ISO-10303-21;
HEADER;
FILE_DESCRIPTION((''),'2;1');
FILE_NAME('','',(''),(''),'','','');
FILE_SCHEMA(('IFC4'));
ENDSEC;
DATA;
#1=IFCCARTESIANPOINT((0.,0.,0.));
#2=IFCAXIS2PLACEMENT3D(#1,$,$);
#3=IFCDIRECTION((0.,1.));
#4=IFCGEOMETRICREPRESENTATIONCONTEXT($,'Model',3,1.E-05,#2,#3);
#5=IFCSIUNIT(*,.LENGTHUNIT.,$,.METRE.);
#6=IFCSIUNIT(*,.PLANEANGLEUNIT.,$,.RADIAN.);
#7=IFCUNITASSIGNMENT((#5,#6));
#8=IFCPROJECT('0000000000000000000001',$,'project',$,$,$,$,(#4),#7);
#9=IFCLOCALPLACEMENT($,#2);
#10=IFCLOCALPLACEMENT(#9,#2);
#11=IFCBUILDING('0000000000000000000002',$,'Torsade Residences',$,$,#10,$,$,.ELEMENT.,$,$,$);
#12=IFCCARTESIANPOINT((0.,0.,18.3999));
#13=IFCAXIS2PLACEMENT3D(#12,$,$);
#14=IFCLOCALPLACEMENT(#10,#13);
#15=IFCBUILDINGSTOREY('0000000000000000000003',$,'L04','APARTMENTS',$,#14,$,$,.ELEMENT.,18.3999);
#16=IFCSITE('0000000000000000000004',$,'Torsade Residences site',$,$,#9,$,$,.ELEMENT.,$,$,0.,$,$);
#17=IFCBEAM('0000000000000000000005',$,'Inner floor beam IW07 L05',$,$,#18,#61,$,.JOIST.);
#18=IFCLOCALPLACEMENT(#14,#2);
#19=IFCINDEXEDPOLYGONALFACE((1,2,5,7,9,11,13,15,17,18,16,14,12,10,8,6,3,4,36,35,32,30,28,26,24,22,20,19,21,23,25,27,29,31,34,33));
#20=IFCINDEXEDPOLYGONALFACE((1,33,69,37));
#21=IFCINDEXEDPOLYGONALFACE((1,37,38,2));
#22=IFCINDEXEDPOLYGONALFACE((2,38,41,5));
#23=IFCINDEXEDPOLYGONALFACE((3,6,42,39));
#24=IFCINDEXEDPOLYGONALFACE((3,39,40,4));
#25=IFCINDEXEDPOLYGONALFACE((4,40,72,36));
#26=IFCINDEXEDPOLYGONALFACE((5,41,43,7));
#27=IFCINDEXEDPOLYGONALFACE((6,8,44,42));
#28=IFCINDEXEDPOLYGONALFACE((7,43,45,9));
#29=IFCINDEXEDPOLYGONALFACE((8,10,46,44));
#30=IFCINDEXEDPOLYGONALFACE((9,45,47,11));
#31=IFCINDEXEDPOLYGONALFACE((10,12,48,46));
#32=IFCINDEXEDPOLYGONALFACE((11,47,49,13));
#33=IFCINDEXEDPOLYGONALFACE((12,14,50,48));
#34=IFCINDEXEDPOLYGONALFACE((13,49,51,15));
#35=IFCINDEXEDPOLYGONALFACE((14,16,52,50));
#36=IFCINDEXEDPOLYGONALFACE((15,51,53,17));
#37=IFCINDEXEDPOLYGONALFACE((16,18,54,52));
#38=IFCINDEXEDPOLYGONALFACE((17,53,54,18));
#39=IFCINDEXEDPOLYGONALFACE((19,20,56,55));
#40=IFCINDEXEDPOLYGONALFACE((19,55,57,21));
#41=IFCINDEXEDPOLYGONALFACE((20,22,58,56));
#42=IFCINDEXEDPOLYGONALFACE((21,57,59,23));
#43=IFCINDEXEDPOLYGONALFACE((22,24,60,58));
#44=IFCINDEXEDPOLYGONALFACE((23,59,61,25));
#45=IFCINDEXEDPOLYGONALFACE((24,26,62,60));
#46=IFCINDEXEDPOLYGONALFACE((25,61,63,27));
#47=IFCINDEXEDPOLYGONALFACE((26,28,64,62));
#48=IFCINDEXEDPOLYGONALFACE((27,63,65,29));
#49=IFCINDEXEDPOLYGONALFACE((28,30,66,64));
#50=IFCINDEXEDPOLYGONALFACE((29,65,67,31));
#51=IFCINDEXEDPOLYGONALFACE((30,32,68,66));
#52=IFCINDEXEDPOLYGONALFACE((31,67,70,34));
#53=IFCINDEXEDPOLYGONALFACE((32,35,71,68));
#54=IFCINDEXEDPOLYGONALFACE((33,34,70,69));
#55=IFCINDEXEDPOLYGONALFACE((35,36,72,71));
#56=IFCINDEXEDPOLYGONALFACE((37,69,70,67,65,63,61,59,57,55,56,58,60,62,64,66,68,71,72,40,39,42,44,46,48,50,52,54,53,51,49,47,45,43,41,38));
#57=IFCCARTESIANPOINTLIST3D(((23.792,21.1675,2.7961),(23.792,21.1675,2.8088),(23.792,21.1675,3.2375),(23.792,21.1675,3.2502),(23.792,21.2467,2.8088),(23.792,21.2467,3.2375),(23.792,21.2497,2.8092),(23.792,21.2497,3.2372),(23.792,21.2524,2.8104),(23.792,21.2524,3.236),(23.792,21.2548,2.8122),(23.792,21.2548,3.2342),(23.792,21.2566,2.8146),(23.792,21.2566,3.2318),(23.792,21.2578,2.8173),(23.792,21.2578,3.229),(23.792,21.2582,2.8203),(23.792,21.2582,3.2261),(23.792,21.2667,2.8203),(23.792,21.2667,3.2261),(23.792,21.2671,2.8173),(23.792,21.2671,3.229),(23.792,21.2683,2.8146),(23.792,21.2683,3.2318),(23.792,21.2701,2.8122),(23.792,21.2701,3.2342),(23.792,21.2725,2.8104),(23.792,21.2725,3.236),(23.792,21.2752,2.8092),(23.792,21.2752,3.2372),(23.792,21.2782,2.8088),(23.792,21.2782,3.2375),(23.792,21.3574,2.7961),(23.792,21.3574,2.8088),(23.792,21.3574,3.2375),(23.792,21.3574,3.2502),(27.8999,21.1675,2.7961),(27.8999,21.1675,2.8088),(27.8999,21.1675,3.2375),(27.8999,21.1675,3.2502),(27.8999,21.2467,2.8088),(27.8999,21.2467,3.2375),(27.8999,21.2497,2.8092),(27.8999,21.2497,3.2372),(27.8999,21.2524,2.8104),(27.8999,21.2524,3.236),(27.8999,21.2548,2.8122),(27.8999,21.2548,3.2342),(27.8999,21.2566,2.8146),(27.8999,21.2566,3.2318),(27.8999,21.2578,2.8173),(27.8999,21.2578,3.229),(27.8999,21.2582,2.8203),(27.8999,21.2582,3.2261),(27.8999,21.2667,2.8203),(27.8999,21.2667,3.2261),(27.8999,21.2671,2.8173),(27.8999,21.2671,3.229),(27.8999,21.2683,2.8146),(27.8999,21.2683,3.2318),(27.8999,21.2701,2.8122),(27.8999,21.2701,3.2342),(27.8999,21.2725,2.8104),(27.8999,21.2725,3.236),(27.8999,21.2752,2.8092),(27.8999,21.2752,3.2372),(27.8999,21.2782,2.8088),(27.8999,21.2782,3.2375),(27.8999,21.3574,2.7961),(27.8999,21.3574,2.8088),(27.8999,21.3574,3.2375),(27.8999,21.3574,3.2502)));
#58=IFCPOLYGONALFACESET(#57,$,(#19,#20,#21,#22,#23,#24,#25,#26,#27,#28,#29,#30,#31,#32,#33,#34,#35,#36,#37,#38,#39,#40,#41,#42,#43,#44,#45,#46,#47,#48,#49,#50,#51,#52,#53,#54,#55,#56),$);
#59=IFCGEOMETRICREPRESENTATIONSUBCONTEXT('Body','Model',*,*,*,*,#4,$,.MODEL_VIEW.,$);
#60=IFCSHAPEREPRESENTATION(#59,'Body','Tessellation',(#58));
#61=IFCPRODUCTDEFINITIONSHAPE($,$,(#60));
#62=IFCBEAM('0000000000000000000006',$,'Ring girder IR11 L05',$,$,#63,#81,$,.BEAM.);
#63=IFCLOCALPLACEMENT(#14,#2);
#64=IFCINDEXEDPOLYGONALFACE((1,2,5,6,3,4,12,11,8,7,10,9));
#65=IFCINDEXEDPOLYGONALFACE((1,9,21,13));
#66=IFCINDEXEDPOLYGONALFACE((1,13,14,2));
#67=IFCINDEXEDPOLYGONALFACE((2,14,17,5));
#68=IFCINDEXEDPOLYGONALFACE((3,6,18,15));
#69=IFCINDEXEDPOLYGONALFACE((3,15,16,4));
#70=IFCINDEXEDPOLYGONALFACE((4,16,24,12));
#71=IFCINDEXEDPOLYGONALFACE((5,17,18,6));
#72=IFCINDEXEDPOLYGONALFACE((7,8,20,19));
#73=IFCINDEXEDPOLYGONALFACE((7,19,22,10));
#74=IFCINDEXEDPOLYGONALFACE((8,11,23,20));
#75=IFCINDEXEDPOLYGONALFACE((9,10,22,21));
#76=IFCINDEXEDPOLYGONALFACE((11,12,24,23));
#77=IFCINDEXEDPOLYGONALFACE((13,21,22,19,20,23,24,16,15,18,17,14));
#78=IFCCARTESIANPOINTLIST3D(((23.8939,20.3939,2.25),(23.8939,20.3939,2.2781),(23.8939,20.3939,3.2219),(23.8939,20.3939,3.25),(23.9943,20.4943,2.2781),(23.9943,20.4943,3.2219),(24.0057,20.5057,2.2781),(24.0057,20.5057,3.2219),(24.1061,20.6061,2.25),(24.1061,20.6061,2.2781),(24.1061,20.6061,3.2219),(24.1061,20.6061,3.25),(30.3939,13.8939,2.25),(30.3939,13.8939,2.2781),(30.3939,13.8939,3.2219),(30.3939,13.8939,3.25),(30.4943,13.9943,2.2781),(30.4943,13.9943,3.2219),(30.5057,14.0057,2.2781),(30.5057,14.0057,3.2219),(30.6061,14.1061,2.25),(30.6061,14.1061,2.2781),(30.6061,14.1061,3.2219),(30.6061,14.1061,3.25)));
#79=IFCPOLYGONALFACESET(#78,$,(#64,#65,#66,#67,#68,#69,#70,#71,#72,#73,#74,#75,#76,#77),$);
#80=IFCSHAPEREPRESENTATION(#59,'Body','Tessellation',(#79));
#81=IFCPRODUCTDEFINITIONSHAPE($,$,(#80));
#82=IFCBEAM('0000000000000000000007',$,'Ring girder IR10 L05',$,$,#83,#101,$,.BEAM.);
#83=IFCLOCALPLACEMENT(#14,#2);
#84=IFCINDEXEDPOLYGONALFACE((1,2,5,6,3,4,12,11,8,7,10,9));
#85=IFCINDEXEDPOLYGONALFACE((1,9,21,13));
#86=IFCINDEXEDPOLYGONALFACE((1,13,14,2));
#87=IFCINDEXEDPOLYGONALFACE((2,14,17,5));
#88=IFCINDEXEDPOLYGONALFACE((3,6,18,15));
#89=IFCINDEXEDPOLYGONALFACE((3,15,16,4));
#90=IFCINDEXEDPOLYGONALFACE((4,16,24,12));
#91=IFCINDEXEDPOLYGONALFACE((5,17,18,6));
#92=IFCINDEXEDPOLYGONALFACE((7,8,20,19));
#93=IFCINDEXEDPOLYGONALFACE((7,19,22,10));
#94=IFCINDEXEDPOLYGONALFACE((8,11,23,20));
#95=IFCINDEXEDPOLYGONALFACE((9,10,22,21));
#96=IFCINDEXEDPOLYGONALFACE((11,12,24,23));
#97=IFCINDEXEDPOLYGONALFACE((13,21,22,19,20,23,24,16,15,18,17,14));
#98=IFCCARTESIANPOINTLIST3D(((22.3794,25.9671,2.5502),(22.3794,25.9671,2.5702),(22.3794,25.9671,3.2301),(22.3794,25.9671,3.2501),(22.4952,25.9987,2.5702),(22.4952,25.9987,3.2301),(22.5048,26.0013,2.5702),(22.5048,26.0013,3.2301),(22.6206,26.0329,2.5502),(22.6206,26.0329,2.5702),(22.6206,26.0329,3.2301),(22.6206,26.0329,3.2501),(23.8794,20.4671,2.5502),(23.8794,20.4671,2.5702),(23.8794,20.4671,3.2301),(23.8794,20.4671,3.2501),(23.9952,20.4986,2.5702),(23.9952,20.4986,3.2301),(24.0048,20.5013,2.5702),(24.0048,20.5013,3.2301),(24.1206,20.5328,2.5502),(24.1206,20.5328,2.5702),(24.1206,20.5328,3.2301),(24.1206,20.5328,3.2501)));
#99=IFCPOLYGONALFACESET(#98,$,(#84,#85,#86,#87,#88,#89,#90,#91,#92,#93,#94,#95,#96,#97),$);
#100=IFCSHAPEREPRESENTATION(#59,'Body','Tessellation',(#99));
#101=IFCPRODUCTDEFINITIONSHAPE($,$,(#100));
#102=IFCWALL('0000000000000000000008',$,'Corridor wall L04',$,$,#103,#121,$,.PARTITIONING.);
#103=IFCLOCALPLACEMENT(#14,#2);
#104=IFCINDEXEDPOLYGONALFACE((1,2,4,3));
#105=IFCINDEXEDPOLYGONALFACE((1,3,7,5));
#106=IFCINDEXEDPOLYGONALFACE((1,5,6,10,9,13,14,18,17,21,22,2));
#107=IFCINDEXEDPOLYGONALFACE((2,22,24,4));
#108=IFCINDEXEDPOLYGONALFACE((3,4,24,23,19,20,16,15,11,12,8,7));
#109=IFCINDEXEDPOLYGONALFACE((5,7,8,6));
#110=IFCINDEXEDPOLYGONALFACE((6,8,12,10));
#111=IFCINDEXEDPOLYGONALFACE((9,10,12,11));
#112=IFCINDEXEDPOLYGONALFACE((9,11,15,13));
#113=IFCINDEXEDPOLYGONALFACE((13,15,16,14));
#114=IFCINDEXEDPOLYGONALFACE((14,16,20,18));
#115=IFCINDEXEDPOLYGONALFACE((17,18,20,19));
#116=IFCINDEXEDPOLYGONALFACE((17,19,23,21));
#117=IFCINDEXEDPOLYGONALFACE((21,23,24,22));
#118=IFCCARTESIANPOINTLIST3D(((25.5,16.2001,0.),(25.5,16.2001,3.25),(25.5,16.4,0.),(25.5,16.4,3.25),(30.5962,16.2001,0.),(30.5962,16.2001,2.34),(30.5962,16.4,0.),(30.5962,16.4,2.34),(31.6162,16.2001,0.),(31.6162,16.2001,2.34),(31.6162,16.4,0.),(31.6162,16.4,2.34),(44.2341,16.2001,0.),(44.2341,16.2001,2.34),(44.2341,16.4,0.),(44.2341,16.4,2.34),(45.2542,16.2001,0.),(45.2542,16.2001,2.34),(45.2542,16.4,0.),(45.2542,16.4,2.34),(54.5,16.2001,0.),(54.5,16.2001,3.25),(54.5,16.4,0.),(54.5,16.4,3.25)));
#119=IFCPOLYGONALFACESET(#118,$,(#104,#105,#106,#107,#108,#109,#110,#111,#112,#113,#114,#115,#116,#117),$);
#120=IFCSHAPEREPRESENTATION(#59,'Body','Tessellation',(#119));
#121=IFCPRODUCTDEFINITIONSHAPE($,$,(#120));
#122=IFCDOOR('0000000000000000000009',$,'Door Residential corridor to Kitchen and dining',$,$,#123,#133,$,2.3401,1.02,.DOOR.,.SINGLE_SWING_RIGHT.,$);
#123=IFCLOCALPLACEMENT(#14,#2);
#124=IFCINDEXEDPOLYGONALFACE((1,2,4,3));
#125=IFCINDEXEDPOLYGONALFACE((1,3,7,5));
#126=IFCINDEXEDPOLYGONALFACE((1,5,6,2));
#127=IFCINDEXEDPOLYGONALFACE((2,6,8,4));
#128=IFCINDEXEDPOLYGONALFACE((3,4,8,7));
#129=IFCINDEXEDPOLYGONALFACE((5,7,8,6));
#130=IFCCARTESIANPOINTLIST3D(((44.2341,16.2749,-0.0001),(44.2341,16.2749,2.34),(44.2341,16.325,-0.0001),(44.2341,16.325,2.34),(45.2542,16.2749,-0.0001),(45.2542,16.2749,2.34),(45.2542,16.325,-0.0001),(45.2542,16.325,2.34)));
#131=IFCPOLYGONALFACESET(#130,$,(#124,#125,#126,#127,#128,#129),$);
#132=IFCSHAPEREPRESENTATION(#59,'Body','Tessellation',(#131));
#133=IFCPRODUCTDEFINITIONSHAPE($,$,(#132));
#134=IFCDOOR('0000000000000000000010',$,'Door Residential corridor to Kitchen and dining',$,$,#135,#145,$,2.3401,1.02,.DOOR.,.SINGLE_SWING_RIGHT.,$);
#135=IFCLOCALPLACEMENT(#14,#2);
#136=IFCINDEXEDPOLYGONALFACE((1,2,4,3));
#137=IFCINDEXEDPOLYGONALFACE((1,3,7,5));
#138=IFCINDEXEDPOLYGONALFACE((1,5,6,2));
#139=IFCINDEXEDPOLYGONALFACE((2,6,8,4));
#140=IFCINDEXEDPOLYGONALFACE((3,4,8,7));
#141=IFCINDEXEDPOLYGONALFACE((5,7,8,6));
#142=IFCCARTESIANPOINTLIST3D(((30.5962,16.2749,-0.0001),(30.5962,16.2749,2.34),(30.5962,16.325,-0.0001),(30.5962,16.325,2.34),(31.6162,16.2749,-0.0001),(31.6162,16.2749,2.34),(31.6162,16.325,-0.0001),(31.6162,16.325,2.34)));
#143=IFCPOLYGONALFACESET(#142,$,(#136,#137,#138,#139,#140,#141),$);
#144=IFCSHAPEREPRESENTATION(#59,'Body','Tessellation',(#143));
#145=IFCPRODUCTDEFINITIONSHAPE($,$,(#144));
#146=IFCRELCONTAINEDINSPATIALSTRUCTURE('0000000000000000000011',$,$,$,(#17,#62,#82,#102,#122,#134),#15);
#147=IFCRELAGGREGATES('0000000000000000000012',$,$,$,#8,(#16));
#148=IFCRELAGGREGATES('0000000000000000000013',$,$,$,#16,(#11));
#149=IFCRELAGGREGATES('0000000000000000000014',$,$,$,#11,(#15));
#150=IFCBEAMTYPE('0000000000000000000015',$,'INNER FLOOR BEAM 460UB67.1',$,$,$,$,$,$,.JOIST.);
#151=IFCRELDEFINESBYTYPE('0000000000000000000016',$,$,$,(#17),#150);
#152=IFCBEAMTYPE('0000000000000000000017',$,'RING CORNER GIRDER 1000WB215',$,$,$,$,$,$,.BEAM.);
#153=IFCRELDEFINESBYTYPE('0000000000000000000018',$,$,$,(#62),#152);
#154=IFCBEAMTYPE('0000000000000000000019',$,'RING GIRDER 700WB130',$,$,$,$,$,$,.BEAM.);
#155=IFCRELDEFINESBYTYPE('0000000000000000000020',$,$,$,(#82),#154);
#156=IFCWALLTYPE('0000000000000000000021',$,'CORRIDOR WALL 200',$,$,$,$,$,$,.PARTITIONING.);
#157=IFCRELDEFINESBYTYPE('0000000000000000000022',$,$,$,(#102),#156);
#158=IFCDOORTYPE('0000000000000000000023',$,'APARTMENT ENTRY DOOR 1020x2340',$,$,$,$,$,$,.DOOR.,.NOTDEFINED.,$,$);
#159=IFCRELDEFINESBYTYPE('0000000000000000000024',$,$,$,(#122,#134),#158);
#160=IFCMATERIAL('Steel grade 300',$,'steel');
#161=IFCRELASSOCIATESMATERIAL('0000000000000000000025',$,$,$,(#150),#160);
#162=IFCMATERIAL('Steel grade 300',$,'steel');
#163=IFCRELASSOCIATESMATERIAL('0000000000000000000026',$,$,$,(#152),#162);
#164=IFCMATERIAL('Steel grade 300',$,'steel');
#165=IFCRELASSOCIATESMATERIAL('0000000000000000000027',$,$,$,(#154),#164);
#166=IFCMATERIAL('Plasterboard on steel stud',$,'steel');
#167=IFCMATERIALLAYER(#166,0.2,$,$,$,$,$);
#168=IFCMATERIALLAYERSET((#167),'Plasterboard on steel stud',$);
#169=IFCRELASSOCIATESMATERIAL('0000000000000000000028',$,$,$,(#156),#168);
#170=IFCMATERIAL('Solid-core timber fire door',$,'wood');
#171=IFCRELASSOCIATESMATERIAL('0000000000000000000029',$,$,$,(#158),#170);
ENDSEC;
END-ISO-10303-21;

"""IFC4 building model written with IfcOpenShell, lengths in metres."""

from ifc_helpers import new_model, si_unit, direction, frame, frame_2d, origin, origin_2d, place, context, subcontext, project, spatial, rectangle, i_section, extrude, material, layer, layer_set, material_profile, profile_set, type_object, element, fill, save


model = new_model("IFC4")

# Units and contexts
model_context = context("Model", 3, precision=1e-05, world=origin(), true_north=direction((0.0, 1.0)))
body_context = subcontext(model_context, "Body", "Model", "MODEL_VIEW")
ifc_project = project(units=[si_unit("LENGTHUNIT", "METRE"), si_unit("PLANEANGLEUNIT", "RADIAN")], contexts=[model_context])

# Site, building, storey
site_placement = place(None, origin())
site = spatial("IfcSite", under=ifc_project, at=site_placement, Name="Torsade Residences site", CompositionType="ELEMENT", RefElevation=0.0)
building_placement = place(site_placement, origin())
building = spatial("IfcBuilding", under=site, at=building_placement, Name="Torsade Residences", CompositionType="ELEMENT")
storey_placement = place(building_placement, frame((0.0, 0.0, 18.3999)))
storey = spatial("IfcBuildingStorey", under=building, at=storey_placement, Name="L04", Description="APARTMENTS", CompositionType="ELEMENT", Elevation=18.3999)

# Beams
ifc_material_1 = material(Name="Steel grade 300", Category="steel")
ifc_material_profile_1 = material_profile(ifc_material_1, i_section(OverallWidth=0.1899, OverallDepth=0.4541, WebThickness=0.0085, FlangeThickness=0.0127, FilletRadius=0.0115, at=origin_2d()), Name="460UB67.1")
ifc_profile_set_1 = profile_set([ifc_material_profile_1], Name="Steel grade 300")
beam_type_1 = type_object("IfcBeamType", Name="INNER FLOOR BEAM 460UB67.1", PredefinedType="JOIST", material=ifc_profile_set_1)
beam_1_placement = place(storey_placement, frame((27.8999, 21.2625, 3.0232), z_axis=(-1.0, 0.0, 0.0), x_axis=(0.0, -1.0, 0.0)))
element("IfcBeam", 1, at=beam_1_placement, inside=storey, type_object=beam_type_1, Name="Inner floor beam IW07 L05", PredefinedType="JOIST", context=body_context, shape_type="SweptSolid", body=[
    extrude(i_section(OverallWidth=0.1899, OverallDepth=0.4541, WebThickness=0.0085, FlangeThickness=0.0127, FilletRadius=0.0115, at=origin_2d()), origin(), (0.0, 0.0, 1.0), 4.1079),
])
ifc_material_2 = material(Name="Steel grade 300", Category="steel")
ifc_material_profile_2 = material_profile(ifc_material_2, i_section(OverallWidth=0.3, OverallDepth=1.0, WebThickness=0.0161, FlangeThickness=0.0281, at=origin_2d()), Name="1000WB215")
ifc_profile_set_2 = profile_set([ifc_material_profile_2], Name="Steel grade 300")
beam_type_2 = type_object("IfcBeamType", Name="RING CORNER GIRDER 1000WB215", PredefinedType="BEAM", material=ifc_profile_set_2)
beam_2_placement = place(storey_placement, frame((24.0, 20.5, 2.75), z_axis=(0.707107, -0.707107, 0.0), x_axis=(0.707107, 0.707107, 0.0)))
element("IfcBeam", 2, at=beam_2_placement, inside=storey, type_object=beam_type_2, Name="Ring girder IR11 L05", PredefinedType="BEAM", context=body_context, shape_type="SweptSolid", body=[
    extrude(i_section(OverallWidth=0.3, OverallDepth=1.0, WebThickness=0.0161, FlangeThickness=0.0281, at=origin_2d()), origin(), (0.0, 0.0, 1.0), 9.1924),
])
ifc_material_3 = material(Name="Steel grade 300", Category="steel")
ifc_material_profile_3 = material_profile(ifc_material_3, i_section(OverallWidth=0.25, OverallDepth=0.7, WebThickness=0.01, FlangeThickness=0.02, at=origin_2d()), Name="700WB130")
ifc_profile_set_3 = profile_set([ifc_material_profile_3], Name="Steel grade 300")
beam_type_3 = type_object("IfcBeamType", Name="RING GIRDER 700WB130", PredefinedType="BEAM", material=ifc_profile_set_3)
beam_3_placement = place(storey_placement, frame((22.5, 26.0, 2.9001), z_axis=(0.263117, -0.964764, 0.0), x_axis=(0.964764, 0.263117, 0.0)))
element("IfcBeam", 3, at=beam_3_placement, inside=storey, type_object=beam_type_3, Name="Ring girder IR10 L05", PredefinedType="BEAM", context=body_context, shape_type="SweptSolid", body=[
    extrude(i_section(OverallWidth=0.25, OverallDepth=0.7, WebThickness=0.01, FlangeThickness=0.02, at=origin_2d()), origin(), (0.0, 0.0, 1.0), 5.7009),
])

# Wall, openings, doors
ifc_material_4 = material(Name="Plasterboard on steel stud", Category="steel")
ifc_layer_1 = layer(ifc_material_4, 0.2)
ifc_layer_set_1 = layer_set([ifc_layer_1], Name="Plasterboard on steel stud")
wall_type_1 = type_object("IfcWallType", Name="CORRIDOR WALL 200", PredefinedType="PARTITIONING", material=ifc_layer_set_1)
wall_1_placement = place(storey_placement, frame((25.5, 16.3, 0.0), z_axis=(0.0, 0.0, 1.0), x_axis=(1.0, 0.0, 0.0)))
wall_1 = element("IfcWall", 4, at=wall_1_placement, inside=storey, type_object=wall_type_1, Name="Corridor wall L04", PredefinedType="PARTITIONING", context=body_context, shape_type="SweptSolid", body=[
    extrude(rectangle(XDim=29.0, YDim=0.2, at=frame_2d((14.5, 0.0))), origin(), (0.0, 0.0, 1.0), 3.25),
])
opening_1_placement = place(wall_1_placement, frame((18.7341, 0.0, 0.0)))
opening_1 = element("IfcOpeningElement", 5, at=opening_1_placement, cuts=wall_1, PredefinedType="OPENING", context=body_context, shape_type="SweptSolid", body=[
    extrude(rectangle(XDim=1.02, YDim=2.3401, at=frame_2d((0.51, 1.1699))), frame((0.0, 0.1099, 0.0), z_axis=(0.0, -1.0, 0.0), x_axis=(1.0, 0.0, 0.0)), (0.0, 0.0, 1.0), 0.22),
])
opening_2_placement = place(wall_1_placement, frame((5.0962, 0.0, 0.0)))
opening_2 = element("IfcOpeningElement", 6, at=opening_2_placement, cuts=wall_1, PredefinedType="OPENING", context=body_context, shape_type="SweptSolid", body=[
    extrude(rectangle(XDim=1.02, YDim=2.3401, at=frame_2d((0.51, 1.1699))), frame((0.0, 0.1099, 0.0), z_axis=(0.0, -1.0, 0.0), x_axis=(1.0, 0.0, 0.0)), (0.0, 0.0, 1.0), 0.22),
])
ifc_material_5 = material(Name="Solid-core timber fire door", Category="wood")
door_type_1 = type_object("IfcDoorType", Name="APARTMENT ENTRY DOOR 1020x2340", OperationType="NOTDEFINED", PredefinedType="DOOR", material=ifc_material_5)
door_1_placement = place(opening_1_placement, origin())
door_1 = element("IfcDoor", 7, at=door_1_placement, inside=storey, type_object=door_type_1, Name="Door Residential corridor to Kitchen and dining", OperationType="SINGLE_SWING_RIGHT", OverallHeight=2.3401, OverallWidth=1.02, PredefinedType="DOOR", context=body_context, shape_type="SweptSolid", body=[
    extrude(rectangle(XDim=1.02, YDim=2.3401, at=frame_2d((0.51, 1.1699))), frame((0.0, 0.0249, 0.0), z_axis=(0.0, -1.0, 0.0), x_axis=(1.0, 0.0, 0.0)), (0.0, 0.0, 1.0), 0.05),
])
fill(opening_1, door_1)
door_2_placement = place(opening_2_placement, origin())
door_2 = element("IfcDoor", 8, at=door_2_placement, inside=storey, type_object=door_type_1, Name="Door Residential corridor to Kitchen and dining", OperationType="SINGLE_SWING_RIGHT", OverallHeight=2.3401, OverallWidth=1.02, PredefinedType="DOOR", context=body_context, shape_type="SweptSolid", body=[
    extrude(rectangle(XDim=1.02, YDim=2.3401, at=frame_2d((0.51, 1.1699))), frame((0.0, 0.0249, 0.0), z_axis=(0.0, -1.0, 0.0), x_axis=(1.0, 0.0, 0.0)), (0.0, 0.0, 1.0), 0.05),
])
fill(opening_2, door_2)

save(model, "model.ifc")
